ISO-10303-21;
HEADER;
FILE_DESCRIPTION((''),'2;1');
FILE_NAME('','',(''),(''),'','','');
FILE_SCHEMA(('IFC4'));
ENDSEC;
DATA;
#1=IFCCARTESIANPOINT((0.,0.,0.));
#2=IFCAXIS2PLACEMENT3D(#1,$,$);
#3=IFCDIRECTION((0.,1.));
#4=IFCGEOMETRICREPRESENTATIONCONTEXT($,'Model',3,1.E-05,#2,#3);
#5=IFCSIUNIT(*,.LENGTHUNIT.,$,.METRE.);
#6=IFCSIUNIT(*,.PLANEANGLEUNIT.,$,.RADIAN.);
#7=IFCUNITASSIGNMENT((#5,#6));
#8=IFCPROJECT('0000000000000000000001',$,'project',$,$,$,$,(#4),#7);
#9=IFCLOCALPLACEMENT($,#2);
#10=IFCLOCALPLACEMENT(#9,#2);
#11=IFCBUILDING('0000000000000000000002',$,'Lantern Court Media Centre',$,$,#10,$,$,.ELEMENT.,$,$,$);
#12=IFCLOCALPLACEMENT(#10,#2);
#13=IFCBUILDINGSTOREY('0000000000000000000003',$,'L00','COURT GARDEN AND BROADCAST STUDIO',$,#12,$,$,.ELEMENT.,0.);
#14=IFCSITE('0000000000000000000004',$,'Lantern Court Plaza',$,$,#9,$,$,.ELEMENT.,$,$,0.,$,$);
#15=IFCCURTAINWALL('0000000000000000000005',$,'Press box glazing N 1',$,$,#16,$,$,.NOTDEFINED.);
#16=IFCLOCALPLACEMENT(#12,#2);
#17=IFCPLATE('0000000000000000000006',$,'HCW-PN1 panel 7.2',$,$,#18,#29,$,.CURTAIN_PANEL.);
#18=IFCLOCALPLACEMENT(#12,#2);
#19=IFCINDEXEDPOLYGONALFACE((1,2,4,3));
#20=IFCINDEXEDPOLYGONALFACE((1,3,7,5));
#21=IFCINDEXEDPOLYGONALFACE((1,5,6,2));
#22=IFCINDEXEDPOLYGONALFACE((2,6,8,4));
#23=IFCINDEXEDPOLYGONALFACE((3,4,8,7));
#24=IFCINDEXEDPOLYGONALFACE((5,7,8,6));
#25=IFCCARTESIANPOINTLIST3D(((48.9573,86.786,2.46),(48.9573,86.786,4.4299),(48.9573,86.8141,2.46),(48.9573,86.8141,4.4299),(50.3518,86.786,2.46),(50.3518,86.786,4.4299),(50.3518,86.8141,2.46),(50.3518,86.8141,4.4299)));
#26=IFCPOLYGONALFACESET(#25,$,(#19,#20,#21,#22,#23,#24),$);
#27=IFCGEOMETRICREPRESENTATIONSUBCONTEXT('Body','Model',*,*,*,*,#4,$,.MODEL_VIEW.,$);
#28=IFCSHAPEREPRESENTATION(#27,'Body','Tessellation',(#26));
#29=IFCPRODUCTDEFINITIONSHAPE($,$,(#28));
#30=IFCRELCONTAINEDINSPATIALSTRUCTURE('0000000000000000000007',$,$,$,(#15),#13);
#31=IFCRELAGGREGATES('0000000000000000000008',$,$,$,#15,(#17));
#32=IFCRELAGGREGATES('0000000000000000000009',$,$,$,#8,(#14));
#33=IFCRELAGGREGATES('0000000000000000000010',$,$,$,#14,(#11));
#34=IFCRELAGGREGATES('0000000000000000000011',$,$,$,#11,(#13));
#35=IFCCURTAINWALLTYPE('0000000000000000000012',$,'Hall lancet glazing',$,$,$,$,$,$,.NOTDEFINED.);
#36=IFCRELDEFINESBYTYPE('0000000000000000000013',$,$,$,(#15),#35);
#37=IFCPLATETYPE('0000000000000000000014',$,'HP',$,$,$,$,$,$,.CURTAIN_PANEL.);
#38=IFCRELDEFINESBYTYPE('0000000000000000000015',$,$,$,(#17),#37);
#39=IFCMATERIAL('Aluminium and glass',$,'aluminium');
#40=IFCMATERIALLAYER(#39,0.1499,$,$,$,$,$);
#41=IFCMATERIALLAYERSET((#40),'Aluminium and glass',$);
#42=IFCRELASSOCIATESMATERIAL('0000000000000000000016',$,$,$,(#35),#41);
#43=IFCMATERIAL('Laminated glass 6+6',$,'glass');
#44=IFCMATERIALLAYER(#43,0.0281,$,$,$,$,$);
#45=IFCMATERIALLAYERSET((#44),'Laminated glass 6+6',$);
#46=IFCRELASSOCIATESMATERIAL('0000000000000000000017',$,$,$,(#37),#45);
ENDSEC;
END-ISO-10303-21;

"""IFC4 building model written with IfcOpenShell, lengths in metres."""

from ifc_helpers import new_model, si_unit, direction, frame, origin, origin_2d, place, context, subcontext, project, spatial, rectangle, extrude, material, layer, layer_set, type_object, element, aggregate, save


model = new_model("IFC4")

# Units and contexts
model_context = context("Model", 3, precision=1e-05, world=origin(), true_north=direction((0.0, 1.0)))
body_context = subcontext(model_context, "Body", "Model", "MODEL_VIEW")
ifc_project = project(units=[si_unit("LENGTHUNIT", "METRE"), si_unit("PLANEANGLEUNIT", "RADIAN")], contexts=[model_context])

# Site, building, storey
site_placement = place(None, origin())
site = spatial("IfcSite", under=ifc_project, at=site_placement, Name="Lantern Court Plaza", CompositionType="ELEMENT", RefElevation=0.0)
building_placement = place(site_placement, origin())
building = spatial("IfcBuilding", under=site, at=building_placement, Name="Lantern Court Media Centre", CompositionType="ELEMENT")
storey_placement = place(building_placement, origin())
storey = spatial("IfcBuildingStorey", under=building, at=storey_placement, Name="L00", Description="COURT GARDEN AND BROADCAST STUDIO", CompositionType="ELEMENT", Elevation=0.0)

# Curtain wall, plate
ifc_material_1 = material(Name="Aluminium and glass", Category="aluminium")
ifc_layer_1 = layer(ifc_material_1, 0.1499)
ifc_layer_set_1 = layer_set([ifc_layer_1], Name="Aluminium and glass")
curtain_wall_type = type_object("IfcCurtainWallType", Name="Hall lancet glazing", PredefinedType="NOTDEFINED", material=ifc_layer_set_1)
curtain_wall_placement = place(storey_placement, origin())
curtain_wall = element("IfcCurtainWall", 1, at=curtain_wall_placement, inside=storey, type_object=curtain_wall_type, Name="Press box glazing N 1", PredefinedType="NOTDEFINED")
ifc_material_2 = material(Name="Laminated glass 6+6", Category="glass")
ifc_layer_2 = layer(ifc_material_2, 0.0281)
ifc_layer_set_2 = layer_set([ifc_layer_2], Name="Laminated glass 6+6")
plate_type = type_object("IfcPlateType", Name="HP", PredefinedType="CURTAIN_PANEL", material=ifc_layer_set_2)
plate_1_placement = place(storey_placement, frame((49.6545, 86.8, 2.46), z_axis=(0.0, 0.0, 1.0), x_axis=(1.0, 0.0, 0.0)))
plate_1 = element("IfcPlate", 2, at=plate_1_placement, type_object=plate_type, Name="HCW-PN1 panel 7.2", PredefinedType="CURTAIN_PANEL", context=body_context, shape_type="SweptSolid", body=[
    extrude(rectangle(XDim=1.3945, YDim=0.0281, at=origin_2d()), origin(), (0.0, 0.0, 1.0), 1.97),
])
aggregate(curtain_wall, [plate_1])

save(model, "model.ifc")
